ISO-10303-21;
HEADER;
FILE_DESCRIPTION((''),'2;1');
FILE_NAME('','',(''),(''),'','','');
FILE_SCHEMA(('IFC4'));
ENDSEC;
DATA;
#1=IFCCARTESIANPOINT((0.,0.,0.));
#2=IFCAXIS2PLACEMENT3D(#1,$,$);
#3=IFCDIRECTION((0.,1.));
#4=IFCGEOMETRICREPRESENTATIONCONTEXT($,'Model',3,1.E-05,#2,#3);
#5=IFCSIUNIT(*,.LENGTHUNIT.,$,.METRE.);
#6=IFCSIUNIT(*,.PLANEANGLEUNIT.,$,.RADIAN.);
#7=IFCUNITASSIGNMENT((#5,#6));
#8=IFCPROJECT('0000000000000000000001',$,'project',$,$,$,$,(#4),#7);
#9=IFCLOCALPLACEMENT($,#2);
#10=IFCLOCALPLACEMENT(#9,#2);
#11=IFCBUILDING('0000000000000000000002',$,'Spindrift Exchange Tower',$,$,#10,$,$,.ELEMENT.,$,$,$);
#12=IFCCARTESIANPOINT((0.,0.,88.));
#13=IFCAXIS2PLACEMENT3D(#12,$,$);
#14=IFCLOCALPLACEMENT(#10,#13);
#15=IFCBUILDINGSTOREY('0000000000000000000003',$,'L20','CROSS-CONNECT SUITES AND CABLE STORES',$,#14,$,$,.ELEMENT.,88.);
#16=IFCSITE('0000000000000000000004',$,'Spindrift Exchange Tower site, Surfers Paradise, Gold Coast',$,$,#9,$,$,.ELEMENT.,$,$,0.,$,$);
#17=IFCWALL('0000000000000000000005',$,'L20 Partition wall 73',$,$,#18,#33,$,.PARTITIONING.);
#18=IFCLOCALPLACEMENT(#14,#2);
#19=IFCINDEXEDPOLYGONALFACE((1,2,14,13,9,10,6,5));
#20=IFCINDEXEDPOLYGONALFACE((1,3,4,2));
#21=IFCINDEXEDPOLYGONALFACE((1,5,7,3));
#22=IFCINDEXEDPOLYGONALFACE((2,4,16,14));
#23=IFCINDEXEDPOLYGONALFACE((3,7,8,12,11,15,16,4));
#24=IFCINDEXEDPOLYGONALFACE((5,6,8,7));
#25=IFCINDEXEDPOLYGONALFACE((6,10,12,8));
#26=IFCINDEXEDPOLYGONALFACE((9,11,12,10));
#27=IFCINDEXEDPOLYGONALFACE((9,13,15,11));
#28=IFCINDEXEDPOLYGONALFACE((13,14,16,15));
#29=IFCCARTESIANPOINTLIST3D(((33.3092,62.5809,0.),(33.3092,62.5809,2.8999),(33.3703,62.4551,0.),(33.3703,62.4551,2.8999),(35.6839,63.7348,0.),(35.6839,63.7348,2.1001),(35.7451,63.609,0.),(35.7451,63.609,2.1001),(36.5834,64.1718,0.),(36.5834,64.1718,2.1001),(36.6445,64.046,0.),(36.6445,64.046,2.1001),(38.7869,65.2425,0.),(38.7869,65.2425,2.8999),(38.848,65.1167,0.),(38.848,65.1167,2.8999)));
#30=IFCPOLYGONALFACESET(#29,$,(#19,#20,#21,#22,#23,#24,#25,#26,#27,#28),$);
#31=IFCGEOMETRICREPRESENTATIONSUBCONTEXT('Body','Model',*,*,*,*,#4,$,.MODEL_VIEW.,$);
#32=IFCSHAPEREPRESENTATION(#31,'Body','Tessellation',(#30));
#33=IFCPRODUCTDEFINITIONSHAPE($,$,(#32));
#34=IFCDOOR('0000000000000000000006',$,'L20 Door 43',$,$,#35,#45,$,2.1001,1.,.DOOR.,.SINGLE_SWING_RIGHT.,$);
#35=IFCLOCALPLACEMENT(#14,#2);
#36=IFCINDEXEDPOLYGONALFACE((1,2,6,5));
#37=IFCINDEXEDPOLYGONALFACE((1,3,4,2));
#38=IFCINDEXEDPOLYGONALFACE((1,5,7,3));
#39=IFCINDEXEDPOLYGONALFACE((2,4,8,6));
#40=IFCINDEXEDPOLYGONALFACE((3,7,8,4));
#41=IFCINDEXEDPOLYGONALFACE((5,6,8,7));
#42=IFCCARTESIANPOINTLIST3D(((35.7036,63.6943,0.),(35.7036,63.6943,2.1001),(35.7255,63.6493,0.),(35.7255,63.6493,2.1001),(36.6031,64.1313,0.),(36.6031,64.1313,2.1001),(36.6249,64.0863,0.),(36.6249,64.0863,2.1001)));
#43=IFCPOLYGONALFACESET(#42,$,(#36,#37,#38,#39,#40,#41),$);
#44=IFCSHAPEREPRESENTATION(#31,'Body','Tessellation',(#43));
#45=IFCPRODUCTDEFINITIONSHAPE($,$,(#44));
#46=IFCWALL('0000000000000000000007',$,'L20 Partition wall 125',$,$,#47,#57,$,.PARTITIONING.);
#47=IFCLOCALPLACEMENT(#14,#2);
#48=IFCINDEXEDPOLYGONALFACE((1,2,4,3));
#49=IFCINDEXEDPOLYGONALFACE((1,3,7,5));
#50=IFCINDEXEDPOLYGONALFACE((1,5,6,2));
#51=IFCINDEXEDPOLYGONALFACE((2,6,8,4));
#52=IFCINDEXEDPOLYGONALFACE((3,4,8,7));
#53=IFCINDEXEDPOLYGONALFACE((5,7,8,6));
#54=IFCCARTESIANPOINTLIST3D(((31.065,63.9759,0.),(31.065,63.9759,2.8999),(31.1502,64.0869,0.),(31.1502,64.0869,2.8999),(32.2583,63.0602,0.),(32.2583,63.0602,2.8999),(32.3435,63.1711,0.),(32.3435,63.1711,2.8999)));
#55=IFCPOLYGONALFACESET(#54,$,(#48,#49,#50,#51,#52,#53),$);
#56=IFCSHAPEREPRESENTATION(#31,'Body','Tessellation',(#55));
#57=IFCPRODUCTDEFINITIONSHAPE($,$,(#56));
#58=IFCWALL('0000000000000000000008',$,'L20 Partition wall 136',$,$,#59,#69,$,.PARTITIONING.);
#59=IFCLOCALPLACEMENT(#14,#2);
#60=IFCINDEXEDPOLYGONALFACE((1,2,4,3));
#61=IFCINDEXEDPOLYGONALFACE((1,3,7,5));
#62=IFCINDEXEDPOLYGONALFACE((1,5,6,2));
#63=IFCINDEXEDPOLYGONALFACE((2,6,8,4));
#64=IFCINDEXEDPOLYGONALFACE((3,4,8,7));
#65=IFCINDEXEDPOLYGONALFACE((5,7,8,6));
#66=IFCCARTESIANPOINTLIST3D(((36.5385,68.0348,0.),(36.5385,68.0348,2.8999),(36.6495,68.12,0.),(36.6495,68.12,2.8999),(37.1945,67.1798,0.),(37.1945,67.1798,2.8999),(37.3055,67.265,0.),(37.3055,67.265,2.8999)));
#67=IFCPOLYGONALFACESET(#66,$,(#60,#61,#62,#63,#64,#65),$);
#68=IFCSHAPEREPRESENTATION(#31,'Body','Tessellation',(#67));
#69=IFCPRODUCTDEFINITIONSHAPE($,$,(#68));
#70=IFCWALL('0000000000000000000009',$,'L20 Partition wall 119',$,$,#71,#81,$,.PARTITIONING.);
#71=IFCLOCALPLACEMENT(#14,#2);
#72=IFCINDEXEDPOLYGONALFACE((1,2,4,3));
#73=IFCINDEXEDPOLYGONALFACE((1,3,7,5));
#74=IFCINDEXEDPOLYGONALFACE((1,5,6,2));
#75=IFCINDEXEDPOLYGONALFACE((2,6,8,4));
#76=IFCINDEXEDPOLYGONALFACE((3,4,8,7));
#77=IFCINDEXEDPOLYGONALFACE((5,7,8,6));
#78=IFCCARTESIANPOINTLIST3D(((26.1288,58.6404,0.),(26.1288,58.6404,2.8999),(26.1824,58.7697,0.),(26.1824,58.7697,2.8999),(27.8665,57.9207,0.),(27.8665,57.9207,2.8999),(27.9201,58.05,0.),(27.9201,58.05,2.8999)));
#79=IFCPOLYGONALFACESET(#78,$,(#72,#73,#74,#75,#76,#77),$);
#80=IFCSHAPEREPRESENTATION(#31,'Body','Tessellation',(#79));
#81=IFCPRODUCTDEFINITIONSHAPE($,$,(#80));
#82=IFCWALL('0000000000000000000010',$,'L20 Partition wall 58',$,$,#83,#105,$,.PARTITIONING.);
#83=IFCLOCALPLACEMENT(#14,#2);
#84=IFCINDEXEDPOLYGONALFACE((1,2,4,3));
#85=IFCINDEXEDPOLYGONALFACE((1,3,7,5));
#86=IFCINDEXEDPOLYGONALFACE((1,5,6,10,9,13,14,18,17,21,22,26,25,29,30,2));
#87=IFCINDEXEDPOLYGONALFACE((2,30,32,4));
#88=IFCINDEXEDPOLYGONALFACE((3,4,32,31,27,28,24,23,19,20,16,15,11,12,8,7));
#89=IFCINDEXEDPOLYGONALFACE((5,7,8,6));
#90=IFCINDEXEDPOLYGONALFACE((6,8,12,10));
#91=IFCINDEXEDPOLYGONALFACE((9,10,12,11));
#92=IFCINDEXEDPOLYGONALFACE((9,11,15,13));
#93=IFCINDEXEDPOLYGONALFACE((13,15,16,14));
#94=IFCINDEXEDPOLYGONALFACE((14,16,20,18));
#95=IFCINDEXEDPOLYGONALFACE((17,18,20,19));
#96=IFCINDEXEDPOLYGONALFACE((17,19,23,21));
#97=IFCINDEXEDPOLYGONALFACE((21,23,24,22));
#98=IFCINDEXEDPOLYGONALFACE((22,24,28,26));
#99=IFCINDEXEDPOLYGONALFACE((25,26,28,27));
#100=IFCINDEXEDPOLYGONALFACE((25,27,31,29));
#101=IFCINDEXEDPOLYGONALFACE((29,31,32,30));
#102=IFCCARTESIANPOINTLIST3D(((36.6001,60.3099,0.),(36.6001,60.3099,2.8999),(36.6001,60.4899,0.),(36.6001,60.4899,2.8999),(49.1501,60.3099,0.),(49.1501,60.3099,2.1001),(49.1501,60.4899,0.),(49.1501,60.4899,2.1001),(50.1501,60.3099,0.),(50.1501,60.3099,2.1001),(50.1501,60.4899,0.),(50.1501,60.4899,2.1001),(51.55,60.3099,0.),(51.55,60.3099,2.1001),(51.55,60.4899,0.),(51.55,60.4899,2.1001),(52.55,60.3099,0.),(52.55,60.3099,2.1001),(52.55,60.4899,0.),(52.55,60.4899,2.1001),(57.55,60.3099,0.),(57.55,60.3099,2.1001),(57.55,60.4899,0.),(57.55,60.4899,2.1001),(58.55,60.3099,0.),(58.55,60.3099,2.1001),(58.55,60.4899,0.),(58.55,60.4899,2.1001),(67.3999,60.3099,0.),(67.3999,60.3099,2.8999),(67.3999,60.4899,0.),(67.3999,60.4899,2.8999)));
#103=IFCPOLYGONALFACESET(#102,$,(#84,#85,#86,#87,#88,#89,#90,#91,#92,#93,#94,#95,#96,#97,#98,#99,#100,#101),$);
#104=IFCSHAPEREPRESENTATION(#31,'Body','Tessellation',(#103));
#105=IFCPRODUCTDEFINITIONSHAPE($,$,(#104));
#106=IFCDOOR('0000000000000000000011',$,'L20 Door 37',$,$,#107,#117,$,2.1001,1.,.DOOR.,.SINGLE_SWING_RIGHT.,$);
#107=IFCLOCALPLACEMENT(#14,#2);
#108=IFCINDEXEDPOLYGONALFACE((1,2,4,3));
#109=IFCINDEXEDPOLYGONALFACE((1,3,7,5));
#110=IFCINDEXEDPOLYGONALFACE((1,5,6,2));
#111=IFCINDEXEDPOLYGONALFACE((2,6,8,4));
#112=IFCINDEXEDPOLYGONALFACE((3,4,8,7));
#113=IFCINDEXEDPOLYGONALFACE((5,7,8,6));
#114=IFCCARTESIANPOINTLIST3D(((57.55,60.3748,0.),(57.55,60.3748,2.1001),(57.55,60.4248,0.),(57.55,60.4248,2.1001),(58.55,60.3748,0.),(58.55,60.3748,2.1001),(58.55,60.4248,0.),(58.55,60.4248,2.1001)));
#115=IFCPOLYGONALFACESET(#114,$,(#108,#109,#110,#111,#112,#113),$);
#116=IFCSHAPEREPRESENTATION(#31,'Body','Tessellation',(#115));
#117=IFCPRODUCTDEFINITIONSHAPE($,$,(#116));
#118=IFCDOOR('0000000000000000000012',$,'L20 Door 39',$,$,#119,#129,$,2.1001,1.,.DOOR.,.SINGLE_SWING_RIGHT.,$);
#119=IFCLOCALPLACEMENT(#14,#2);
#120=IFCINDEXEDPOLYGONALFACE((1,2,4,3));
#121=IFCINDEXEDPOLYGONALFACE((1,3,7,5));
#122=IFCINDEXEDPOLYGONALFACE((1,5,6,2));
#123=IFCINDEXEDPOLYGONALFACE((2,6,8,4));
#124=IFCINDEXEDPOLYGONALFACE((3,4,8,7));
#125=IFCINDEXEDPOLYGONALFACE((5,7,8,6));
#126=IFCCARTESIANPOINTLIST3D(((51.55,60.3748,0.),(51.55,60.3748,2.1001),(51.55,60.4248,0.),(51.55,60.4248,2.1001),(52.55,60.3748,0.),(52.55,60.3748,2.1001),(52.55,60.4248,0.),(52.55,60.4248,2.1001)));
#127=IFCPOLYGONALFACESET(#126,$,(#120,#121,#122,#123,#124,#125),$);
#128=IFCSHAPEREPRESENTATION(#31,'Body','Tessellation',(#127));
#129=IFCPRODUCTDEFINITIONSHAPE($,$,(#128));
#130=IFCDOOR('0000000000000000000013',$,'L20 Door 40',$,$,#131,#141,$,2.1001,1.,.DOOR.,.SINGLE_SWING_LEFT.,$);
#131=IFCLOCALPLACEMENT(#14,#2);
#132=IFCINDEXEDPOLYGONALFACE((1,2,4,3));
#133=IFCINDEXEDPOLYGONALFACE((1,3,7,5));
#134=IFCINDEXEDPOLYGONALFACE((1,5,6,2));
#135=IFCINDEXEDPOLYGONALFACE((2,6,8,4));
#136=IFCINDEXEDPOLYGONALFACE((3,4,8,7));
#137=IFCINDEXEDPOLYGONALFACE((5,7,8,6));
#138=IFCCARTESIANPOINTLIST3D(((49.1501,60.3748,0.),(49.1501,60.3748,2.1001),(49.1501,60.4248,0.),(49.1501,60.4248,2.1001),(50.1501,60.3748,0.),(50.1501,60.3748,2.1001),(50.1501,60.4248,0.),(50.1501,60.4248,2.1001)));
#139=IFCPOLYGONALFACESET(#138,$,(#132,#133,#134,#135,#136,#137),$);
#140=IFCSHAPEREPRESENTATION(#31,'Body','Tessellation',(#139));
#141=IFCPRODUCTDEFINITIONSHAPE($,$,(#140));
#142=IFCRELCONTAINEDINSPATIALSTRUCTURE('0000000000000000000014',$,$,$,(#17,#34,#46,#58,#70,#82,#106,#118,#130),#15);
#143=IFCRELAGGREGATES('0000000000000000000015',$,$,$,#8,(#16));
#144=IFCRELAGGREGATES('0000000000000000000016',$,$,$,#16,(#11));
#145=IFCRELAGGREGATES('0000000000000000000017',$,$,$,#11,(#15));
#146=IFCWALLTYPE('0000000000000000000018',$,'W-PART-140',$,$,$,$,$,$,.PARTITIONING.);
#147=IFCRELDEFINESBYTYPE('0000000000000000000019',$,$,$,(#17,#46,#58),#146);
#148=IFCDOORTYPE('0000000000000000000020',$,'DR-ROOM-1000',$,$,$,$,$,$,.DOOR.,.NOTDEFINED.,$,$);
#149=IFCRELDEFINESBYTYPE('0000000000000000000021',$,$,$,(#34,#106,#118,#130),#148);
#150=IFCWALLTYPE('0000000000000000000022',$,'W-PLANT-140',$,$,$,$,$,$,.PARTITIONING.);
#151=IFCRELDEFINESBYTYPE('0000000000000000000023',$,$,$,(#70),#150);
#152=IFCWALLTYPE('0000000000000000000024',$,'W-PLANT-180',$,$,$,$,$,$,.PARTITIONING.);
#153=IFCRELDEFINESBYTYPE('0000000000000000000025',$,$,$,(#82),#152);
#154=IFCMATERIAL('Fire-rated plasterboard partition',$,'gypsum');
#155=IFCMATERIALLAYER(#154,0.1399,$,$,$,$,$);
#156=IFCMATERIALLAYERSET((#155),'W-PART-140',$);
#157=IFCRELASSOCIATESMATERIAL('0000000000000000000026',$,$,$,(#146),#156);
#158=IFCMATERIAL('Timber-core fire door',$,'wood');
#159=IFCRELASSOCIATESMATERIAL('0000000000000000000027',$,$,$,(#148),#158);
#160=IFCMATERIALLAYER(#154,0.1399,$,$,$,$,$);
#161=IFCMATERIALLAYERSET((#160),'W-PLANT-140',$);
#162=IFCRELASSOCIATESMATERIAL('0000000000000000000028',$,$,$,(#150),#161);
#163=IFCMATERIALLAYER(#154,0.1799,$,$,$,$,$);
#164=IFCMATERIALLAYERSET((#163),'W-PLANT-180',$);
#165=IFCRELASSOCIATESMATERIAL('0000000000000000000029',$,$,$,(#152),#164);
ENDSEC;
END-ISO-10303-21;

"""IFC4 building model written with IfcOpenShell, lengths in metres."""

from ifc_helpers import new_model, si_unit, direction, frame, frame_2d, origin, place, context, subcontext, project, spatial, rectangle, extrude, source, transform, mapped, material, layer, layer_set, type_object, element, fill, save


model = new_model("IFC4")

# Units and contexts
model_context = context("Model", 3, precision=1e-05, world=origin(), true_north=direction((0.0, 1.0)))
body_context = subcontext(model_context, "Body", "Model", "MODEL_VIEW")
ifc_project = project(units=[si_unit("LENGTHUNIT", "METRE"), si_unit("PLANEANGLEUNIT", "RADIAN")], contexts=[model_context])

# Site, building, storey
site_placement = place(None, origin())
site = spatial("IfcSite", under=ifc_project, at=site_placement, Name="Spindrift Exchange Tower site, Surfers Paradise, Gold Coast", CompositionType="ELEMENT", RefElevation=0.0)
building_placement = place(site_placement, origin())
building = spatial("IfcBuilding", under=site, at=building_placement, Name="Spindrift Exchange Tower", CompositionType="ELEMENT")
storey_placement = place(building_placement, frame((0.0, 0.0, 88.0)))
storey = spatial("IfcBuildingStorey", under=building, at=storey_placement, Name="L20", Description="CROSS-CONNECT SUITES AND CABLE STORES", CompositionType="ELEMENT", Elevation=88.0)

# Wall, opening, door
ifc_material_1 = material(Name="Fire-rated plasterboard partition", Category="gypsum")
ifc_layer_1 = layer(ifc_material_1, 0.1399)
ifc_layer_set_1 = layer_set([ifc_layer_1], Name="W-PART-140")
wall_type_1 = type_object("IfcWallType", Name="W-PART-140", PredefinedType="PARTITIONING", material=ifc_layer_set_1)
wall_1_placement = place(storey_placement, frame((33.3398, 62.5181, 0.0), z_axis=(0.0, 0.0, 1.0), x_axis=(0.899445, 0.437035, 0.0)))
wall_1 = element("IfcWall", 1, at=wall_1_placement, inside=storey, type_object=wall_type_1, Name="L20 Partition wall 73", PredefinedType="PARTITIONING", context=body_context, shape_type="SweptSolid", body=[
    extrude(rectangle(XDim=6.0901, YDim=0.1399, at=frame_2d((3.0449, 0.0))), origin(), (0.0, 0.0, 1.0), 2.8999),
])
opening_1_placement = place(wall_1_placement, frame((2.6401, 0.0, 0.0)))
opening_1 = element("IfcOpeningElement", 2, at=opening_1_placement, cuts=wall_1, PredefinedType="OPENING", context=body_context, shape_type="SweptSolid", body=[
    extrude(rectangle(XDim=1.0, YDim=2.1001, at=frame_2d((0.5, 1.05))), frame((0.0, 0.0798, 0.0), z_axis=(0.0, -1.0, 0.0), x_axis=(1.0, 0.0, 0.0)), (0.0, 0.0, 1.0), 0.1599),
])
ifc_material_2 = material(Name="Timber-core fire door", Category="wood")
door_type = type_object("IfcDoorType", Name="DR-ROOM-1000", OperationType="NOTDEFINED", PredefinedType="DOOR", material=ifc_material_2)
shared_shape_1 = source(origin(), body_context, "Body", "SweptSolid", [
    extrude(rectangle(XDim=1.0, YDim=2.1001, at=frame_2d((0.5, 1.05))), frame((0.0, 0.0249, 0.0), z_axis=(0.0, -1.0, 0.0), x_axis=(1.0, 0.0, 0.0)), (0.0, 0.0, 1.0), 0.05),
])
door_1_placement = place(opening_1_placement, origin())
door_1 = element("IfcDoor", 3, at=door_1_placement, inside=storey, type_object=door_type, Name="L20 Door 43", OperationType="SINGLE_SWING_RIGHT", OverallHeight=2.1001, OverallWidth=1.0, PredefinedType="DOOR", context=body_context, shape_type="MappedRepresentation", body=[
    mapped(shared_shape_1, transform((0.0, 0.0, 0.0), scale=1.0)),
])
fill(opening_1, door_1)

# Walls
wall_2_placement = place(storey_placement, frame((32.3008, 63.1157, 0.0), z_axis=(0.0, 0.0, 1.0), x_axis=(-0.793329, 0.608793, 0.0)))
element("IfcWall", 4, at=wall_2_placement, inside=storey, type_object=wall_type_1, Name="L20 Partition wall 125", PredefinedType="PARTITIONING", context=body_context, shape_type="SweptSolid", body=[
    extrude(rectangle(XDim=1.5042, YDim=0.1399, at=frame_2d((0.752, 0.0))), origin(), (0.0, 0.0, 1.0), 2.8999),
])
wall_3_placement = place(storey_placement, frame((37.25, 67.2224, 0.0), z_axis=(0.0, 0.0, 1.0), x_axis=(-0.608736, 0.793373, 0.0)))
element("IfcWall", 5, at=wall_3_placement, inside=storey, type_object=wall_type_1, Name="L20 Partition wall 136", PredefinedType="PARTITIONING", context=body_context, shape_type="SweptSolid", body=[
    extrude(rectangle(XDim=1.0776, YDim=0.1399, at=frame_2d((0.5388, 0.0))), origin(), (0.0, 0.0, 1.0), 2.8999),
])
ifc_layer_2 = layer(ifc_material_1, 0.1399)
ifc_layer_set_2 = layer_set([ifc_layer_2], Name="W-PLANT-140")
wall_type_2 = type_object("IfcWallType", Name="W-PLANT-140", PredefinedType="PARTITIONING", material=ifc_layer_set_2)
wall_4_placement = place(storey_placement, frame((27.8933, 57.9854, 0.0), z_axis=(0.0, 0.0, 1.0), x_axis=(-0.923897, 0.382642, 0.0)))
element("IfcWall", 6, at=wall_4_placement, inside=storey, type_object=wall_type_2, Name="L20 Partition wall 119", PredefinedType="PARTITIONING", context=body_context, shape_type="SweptSolid", body=[
    extrude(rectangle(XDim=1.8809, YDim=0.1399, at=frame_2d((0.9404, 0.0))), origin(), (0.0, 0.0, 1.0), 2.8999),
])

# Wall, openings, doors
ifc_layer_3 = layer(ifc_material_1, 0.1799)
ifc_layer_set_3 = layer_set([ifc_layer_3], Name="W-PLANT-180")
wall_type_3 = type_object("IfcWallType", Name="W-PLANT-180", PredefinedType="PARTITIONING", material=ifc_layer_set_3)
wall_5_placement = place(storey_placement, frame((36.6001, 60.3999, 0.0), z_axis=(0.0, 0.0, 1.0), x_axis=(1.0, 0.0, 0.0)))
wall_5 = element("IfcWall", 7, at=wall_5_placement, inside=storey, type_object=wall_type_3, Name="L20 Partition wall 58", PredefinedType="PARTITIONING", context=body_context, shape_type="SweptSolid", body=[
    extrude(rectangle(XDim=30.7998, YDim=0.1799, at=frame_2d((15.3999, 0.0))), origin(), (0.0, 0.0, 1.0), 2.8999),
])
opening_2_placement = place(wall_5_placement, frame((20.95, 0.0, 0.0)))
opening_2 = element("IfcOpeningElement", 8, at=opening_2_placement, cuts=wall_5, PredefinedType="OPENING", context=body_context, shape_type="SweptSolid", body=[
    extrude(rectangle(XDim=1.0, YDim=2.1001, at=frame_2d((0.5, 1.05))), frame((0.0, 0.0999, 0.0), z_axis=(0.0, -1.0, 0.0), x_axis=(1.0, 0.0, 0.0)), (0.0, 0.0, 1.0), 0.2),
])
opening_3_placement = place(wall_5_placement, frame((14.95, 0.0, 0.0)))
opening_3 = element("IfcOpeningElement", 9, at=opening_3_placement, cuts=wall_5, PredefinedType="OPENING", context=body_context, shape_type="SweptSolid", body=[
    extrude(rectangle(XDim=1.0, YDim=2.1001, at=frame_2d((0.5, 1.05))), frame((0.0, 0.0999, 0.0), z_axis=(0.0, -1.0, 0.0), x_axis=(1.0, 0.0, 0.0)), (0.0, 0.0, 1.0), 0.2),
])
opening_4_placement = place(wall_5_placement, frame((12.55, 0.0, 0.0)))
opening_4 = element("IfcOpeningElement", 10, at=opening_4_placement, cuts=wall_5, PredefinedType="OPENING", context=body_context, shape_type="SweptSolid", body=[
    extrude(rectangle(XDim=1.0, YDim=2.1001, at=frame_2d((0.5, 1.05))), frame((0.0, 0.0999, 0.0), z_axis=(0.0, -1.0, 0.0), x_axis=(1.0, 0.0, 0.0)), (0.0, 0.0, 1.0), 0.2),
])
door_2_placement = place(opening_2_placement, origin())
door_2 = element("IfcDoor", 11, at=door_2_placement, inside=storey, type_object=door_type, Name="L20 Door 37", OperationType="SINGLE_SWING_RIGHT", OverallHeight=2.1001, OverallWidth=1.0, PredefinedType="DOOR", context=body_context, shape_type="MappedRepresentation", body=[
    mapped(shared_shape_1, transform((0.0, 0.0, 0.0), scale=1.0)),
])
fill(opening_2, door_2)
door_3_placement = place(opening_3_placement, origin())
door_3 = element("IfcDoor", 12, at=door_3_placement, inside=storey, type_object=door_type, Name="L20 Door 39", OperationType="SINGLE_SWING_RIGHT", OverallHeight=2.1001, OverallWidth=1.0, PredefinedType="DOOR", context=body_context, shape_type="MappedRepresentation", body=[
    mapped(shared_shape_1, transform((0.0, 0.0, 0.0), scale=1.0)),
])
fill(opening_3, door_3)
door_4_placement = place(opening_4_placement, origin())
door_4 = element("IfcDoor", 13, at=door_4_placement, inside=storey, type_object=door_type, Name="L20 Door 40", OperationType="SINGLE_SWING_LEFT", OverallHeight=2.1001, OverallWidth=1.0, PredefinedType="DOOR", context=body_context, shape_type="MappedRepresentation", body=[
    mapped(shared_shape_1, transform((0.0, 0.0, 0.0), scale=1.0)),
])
fill(opening_4, door_4)

save(model, "model.ifc")
